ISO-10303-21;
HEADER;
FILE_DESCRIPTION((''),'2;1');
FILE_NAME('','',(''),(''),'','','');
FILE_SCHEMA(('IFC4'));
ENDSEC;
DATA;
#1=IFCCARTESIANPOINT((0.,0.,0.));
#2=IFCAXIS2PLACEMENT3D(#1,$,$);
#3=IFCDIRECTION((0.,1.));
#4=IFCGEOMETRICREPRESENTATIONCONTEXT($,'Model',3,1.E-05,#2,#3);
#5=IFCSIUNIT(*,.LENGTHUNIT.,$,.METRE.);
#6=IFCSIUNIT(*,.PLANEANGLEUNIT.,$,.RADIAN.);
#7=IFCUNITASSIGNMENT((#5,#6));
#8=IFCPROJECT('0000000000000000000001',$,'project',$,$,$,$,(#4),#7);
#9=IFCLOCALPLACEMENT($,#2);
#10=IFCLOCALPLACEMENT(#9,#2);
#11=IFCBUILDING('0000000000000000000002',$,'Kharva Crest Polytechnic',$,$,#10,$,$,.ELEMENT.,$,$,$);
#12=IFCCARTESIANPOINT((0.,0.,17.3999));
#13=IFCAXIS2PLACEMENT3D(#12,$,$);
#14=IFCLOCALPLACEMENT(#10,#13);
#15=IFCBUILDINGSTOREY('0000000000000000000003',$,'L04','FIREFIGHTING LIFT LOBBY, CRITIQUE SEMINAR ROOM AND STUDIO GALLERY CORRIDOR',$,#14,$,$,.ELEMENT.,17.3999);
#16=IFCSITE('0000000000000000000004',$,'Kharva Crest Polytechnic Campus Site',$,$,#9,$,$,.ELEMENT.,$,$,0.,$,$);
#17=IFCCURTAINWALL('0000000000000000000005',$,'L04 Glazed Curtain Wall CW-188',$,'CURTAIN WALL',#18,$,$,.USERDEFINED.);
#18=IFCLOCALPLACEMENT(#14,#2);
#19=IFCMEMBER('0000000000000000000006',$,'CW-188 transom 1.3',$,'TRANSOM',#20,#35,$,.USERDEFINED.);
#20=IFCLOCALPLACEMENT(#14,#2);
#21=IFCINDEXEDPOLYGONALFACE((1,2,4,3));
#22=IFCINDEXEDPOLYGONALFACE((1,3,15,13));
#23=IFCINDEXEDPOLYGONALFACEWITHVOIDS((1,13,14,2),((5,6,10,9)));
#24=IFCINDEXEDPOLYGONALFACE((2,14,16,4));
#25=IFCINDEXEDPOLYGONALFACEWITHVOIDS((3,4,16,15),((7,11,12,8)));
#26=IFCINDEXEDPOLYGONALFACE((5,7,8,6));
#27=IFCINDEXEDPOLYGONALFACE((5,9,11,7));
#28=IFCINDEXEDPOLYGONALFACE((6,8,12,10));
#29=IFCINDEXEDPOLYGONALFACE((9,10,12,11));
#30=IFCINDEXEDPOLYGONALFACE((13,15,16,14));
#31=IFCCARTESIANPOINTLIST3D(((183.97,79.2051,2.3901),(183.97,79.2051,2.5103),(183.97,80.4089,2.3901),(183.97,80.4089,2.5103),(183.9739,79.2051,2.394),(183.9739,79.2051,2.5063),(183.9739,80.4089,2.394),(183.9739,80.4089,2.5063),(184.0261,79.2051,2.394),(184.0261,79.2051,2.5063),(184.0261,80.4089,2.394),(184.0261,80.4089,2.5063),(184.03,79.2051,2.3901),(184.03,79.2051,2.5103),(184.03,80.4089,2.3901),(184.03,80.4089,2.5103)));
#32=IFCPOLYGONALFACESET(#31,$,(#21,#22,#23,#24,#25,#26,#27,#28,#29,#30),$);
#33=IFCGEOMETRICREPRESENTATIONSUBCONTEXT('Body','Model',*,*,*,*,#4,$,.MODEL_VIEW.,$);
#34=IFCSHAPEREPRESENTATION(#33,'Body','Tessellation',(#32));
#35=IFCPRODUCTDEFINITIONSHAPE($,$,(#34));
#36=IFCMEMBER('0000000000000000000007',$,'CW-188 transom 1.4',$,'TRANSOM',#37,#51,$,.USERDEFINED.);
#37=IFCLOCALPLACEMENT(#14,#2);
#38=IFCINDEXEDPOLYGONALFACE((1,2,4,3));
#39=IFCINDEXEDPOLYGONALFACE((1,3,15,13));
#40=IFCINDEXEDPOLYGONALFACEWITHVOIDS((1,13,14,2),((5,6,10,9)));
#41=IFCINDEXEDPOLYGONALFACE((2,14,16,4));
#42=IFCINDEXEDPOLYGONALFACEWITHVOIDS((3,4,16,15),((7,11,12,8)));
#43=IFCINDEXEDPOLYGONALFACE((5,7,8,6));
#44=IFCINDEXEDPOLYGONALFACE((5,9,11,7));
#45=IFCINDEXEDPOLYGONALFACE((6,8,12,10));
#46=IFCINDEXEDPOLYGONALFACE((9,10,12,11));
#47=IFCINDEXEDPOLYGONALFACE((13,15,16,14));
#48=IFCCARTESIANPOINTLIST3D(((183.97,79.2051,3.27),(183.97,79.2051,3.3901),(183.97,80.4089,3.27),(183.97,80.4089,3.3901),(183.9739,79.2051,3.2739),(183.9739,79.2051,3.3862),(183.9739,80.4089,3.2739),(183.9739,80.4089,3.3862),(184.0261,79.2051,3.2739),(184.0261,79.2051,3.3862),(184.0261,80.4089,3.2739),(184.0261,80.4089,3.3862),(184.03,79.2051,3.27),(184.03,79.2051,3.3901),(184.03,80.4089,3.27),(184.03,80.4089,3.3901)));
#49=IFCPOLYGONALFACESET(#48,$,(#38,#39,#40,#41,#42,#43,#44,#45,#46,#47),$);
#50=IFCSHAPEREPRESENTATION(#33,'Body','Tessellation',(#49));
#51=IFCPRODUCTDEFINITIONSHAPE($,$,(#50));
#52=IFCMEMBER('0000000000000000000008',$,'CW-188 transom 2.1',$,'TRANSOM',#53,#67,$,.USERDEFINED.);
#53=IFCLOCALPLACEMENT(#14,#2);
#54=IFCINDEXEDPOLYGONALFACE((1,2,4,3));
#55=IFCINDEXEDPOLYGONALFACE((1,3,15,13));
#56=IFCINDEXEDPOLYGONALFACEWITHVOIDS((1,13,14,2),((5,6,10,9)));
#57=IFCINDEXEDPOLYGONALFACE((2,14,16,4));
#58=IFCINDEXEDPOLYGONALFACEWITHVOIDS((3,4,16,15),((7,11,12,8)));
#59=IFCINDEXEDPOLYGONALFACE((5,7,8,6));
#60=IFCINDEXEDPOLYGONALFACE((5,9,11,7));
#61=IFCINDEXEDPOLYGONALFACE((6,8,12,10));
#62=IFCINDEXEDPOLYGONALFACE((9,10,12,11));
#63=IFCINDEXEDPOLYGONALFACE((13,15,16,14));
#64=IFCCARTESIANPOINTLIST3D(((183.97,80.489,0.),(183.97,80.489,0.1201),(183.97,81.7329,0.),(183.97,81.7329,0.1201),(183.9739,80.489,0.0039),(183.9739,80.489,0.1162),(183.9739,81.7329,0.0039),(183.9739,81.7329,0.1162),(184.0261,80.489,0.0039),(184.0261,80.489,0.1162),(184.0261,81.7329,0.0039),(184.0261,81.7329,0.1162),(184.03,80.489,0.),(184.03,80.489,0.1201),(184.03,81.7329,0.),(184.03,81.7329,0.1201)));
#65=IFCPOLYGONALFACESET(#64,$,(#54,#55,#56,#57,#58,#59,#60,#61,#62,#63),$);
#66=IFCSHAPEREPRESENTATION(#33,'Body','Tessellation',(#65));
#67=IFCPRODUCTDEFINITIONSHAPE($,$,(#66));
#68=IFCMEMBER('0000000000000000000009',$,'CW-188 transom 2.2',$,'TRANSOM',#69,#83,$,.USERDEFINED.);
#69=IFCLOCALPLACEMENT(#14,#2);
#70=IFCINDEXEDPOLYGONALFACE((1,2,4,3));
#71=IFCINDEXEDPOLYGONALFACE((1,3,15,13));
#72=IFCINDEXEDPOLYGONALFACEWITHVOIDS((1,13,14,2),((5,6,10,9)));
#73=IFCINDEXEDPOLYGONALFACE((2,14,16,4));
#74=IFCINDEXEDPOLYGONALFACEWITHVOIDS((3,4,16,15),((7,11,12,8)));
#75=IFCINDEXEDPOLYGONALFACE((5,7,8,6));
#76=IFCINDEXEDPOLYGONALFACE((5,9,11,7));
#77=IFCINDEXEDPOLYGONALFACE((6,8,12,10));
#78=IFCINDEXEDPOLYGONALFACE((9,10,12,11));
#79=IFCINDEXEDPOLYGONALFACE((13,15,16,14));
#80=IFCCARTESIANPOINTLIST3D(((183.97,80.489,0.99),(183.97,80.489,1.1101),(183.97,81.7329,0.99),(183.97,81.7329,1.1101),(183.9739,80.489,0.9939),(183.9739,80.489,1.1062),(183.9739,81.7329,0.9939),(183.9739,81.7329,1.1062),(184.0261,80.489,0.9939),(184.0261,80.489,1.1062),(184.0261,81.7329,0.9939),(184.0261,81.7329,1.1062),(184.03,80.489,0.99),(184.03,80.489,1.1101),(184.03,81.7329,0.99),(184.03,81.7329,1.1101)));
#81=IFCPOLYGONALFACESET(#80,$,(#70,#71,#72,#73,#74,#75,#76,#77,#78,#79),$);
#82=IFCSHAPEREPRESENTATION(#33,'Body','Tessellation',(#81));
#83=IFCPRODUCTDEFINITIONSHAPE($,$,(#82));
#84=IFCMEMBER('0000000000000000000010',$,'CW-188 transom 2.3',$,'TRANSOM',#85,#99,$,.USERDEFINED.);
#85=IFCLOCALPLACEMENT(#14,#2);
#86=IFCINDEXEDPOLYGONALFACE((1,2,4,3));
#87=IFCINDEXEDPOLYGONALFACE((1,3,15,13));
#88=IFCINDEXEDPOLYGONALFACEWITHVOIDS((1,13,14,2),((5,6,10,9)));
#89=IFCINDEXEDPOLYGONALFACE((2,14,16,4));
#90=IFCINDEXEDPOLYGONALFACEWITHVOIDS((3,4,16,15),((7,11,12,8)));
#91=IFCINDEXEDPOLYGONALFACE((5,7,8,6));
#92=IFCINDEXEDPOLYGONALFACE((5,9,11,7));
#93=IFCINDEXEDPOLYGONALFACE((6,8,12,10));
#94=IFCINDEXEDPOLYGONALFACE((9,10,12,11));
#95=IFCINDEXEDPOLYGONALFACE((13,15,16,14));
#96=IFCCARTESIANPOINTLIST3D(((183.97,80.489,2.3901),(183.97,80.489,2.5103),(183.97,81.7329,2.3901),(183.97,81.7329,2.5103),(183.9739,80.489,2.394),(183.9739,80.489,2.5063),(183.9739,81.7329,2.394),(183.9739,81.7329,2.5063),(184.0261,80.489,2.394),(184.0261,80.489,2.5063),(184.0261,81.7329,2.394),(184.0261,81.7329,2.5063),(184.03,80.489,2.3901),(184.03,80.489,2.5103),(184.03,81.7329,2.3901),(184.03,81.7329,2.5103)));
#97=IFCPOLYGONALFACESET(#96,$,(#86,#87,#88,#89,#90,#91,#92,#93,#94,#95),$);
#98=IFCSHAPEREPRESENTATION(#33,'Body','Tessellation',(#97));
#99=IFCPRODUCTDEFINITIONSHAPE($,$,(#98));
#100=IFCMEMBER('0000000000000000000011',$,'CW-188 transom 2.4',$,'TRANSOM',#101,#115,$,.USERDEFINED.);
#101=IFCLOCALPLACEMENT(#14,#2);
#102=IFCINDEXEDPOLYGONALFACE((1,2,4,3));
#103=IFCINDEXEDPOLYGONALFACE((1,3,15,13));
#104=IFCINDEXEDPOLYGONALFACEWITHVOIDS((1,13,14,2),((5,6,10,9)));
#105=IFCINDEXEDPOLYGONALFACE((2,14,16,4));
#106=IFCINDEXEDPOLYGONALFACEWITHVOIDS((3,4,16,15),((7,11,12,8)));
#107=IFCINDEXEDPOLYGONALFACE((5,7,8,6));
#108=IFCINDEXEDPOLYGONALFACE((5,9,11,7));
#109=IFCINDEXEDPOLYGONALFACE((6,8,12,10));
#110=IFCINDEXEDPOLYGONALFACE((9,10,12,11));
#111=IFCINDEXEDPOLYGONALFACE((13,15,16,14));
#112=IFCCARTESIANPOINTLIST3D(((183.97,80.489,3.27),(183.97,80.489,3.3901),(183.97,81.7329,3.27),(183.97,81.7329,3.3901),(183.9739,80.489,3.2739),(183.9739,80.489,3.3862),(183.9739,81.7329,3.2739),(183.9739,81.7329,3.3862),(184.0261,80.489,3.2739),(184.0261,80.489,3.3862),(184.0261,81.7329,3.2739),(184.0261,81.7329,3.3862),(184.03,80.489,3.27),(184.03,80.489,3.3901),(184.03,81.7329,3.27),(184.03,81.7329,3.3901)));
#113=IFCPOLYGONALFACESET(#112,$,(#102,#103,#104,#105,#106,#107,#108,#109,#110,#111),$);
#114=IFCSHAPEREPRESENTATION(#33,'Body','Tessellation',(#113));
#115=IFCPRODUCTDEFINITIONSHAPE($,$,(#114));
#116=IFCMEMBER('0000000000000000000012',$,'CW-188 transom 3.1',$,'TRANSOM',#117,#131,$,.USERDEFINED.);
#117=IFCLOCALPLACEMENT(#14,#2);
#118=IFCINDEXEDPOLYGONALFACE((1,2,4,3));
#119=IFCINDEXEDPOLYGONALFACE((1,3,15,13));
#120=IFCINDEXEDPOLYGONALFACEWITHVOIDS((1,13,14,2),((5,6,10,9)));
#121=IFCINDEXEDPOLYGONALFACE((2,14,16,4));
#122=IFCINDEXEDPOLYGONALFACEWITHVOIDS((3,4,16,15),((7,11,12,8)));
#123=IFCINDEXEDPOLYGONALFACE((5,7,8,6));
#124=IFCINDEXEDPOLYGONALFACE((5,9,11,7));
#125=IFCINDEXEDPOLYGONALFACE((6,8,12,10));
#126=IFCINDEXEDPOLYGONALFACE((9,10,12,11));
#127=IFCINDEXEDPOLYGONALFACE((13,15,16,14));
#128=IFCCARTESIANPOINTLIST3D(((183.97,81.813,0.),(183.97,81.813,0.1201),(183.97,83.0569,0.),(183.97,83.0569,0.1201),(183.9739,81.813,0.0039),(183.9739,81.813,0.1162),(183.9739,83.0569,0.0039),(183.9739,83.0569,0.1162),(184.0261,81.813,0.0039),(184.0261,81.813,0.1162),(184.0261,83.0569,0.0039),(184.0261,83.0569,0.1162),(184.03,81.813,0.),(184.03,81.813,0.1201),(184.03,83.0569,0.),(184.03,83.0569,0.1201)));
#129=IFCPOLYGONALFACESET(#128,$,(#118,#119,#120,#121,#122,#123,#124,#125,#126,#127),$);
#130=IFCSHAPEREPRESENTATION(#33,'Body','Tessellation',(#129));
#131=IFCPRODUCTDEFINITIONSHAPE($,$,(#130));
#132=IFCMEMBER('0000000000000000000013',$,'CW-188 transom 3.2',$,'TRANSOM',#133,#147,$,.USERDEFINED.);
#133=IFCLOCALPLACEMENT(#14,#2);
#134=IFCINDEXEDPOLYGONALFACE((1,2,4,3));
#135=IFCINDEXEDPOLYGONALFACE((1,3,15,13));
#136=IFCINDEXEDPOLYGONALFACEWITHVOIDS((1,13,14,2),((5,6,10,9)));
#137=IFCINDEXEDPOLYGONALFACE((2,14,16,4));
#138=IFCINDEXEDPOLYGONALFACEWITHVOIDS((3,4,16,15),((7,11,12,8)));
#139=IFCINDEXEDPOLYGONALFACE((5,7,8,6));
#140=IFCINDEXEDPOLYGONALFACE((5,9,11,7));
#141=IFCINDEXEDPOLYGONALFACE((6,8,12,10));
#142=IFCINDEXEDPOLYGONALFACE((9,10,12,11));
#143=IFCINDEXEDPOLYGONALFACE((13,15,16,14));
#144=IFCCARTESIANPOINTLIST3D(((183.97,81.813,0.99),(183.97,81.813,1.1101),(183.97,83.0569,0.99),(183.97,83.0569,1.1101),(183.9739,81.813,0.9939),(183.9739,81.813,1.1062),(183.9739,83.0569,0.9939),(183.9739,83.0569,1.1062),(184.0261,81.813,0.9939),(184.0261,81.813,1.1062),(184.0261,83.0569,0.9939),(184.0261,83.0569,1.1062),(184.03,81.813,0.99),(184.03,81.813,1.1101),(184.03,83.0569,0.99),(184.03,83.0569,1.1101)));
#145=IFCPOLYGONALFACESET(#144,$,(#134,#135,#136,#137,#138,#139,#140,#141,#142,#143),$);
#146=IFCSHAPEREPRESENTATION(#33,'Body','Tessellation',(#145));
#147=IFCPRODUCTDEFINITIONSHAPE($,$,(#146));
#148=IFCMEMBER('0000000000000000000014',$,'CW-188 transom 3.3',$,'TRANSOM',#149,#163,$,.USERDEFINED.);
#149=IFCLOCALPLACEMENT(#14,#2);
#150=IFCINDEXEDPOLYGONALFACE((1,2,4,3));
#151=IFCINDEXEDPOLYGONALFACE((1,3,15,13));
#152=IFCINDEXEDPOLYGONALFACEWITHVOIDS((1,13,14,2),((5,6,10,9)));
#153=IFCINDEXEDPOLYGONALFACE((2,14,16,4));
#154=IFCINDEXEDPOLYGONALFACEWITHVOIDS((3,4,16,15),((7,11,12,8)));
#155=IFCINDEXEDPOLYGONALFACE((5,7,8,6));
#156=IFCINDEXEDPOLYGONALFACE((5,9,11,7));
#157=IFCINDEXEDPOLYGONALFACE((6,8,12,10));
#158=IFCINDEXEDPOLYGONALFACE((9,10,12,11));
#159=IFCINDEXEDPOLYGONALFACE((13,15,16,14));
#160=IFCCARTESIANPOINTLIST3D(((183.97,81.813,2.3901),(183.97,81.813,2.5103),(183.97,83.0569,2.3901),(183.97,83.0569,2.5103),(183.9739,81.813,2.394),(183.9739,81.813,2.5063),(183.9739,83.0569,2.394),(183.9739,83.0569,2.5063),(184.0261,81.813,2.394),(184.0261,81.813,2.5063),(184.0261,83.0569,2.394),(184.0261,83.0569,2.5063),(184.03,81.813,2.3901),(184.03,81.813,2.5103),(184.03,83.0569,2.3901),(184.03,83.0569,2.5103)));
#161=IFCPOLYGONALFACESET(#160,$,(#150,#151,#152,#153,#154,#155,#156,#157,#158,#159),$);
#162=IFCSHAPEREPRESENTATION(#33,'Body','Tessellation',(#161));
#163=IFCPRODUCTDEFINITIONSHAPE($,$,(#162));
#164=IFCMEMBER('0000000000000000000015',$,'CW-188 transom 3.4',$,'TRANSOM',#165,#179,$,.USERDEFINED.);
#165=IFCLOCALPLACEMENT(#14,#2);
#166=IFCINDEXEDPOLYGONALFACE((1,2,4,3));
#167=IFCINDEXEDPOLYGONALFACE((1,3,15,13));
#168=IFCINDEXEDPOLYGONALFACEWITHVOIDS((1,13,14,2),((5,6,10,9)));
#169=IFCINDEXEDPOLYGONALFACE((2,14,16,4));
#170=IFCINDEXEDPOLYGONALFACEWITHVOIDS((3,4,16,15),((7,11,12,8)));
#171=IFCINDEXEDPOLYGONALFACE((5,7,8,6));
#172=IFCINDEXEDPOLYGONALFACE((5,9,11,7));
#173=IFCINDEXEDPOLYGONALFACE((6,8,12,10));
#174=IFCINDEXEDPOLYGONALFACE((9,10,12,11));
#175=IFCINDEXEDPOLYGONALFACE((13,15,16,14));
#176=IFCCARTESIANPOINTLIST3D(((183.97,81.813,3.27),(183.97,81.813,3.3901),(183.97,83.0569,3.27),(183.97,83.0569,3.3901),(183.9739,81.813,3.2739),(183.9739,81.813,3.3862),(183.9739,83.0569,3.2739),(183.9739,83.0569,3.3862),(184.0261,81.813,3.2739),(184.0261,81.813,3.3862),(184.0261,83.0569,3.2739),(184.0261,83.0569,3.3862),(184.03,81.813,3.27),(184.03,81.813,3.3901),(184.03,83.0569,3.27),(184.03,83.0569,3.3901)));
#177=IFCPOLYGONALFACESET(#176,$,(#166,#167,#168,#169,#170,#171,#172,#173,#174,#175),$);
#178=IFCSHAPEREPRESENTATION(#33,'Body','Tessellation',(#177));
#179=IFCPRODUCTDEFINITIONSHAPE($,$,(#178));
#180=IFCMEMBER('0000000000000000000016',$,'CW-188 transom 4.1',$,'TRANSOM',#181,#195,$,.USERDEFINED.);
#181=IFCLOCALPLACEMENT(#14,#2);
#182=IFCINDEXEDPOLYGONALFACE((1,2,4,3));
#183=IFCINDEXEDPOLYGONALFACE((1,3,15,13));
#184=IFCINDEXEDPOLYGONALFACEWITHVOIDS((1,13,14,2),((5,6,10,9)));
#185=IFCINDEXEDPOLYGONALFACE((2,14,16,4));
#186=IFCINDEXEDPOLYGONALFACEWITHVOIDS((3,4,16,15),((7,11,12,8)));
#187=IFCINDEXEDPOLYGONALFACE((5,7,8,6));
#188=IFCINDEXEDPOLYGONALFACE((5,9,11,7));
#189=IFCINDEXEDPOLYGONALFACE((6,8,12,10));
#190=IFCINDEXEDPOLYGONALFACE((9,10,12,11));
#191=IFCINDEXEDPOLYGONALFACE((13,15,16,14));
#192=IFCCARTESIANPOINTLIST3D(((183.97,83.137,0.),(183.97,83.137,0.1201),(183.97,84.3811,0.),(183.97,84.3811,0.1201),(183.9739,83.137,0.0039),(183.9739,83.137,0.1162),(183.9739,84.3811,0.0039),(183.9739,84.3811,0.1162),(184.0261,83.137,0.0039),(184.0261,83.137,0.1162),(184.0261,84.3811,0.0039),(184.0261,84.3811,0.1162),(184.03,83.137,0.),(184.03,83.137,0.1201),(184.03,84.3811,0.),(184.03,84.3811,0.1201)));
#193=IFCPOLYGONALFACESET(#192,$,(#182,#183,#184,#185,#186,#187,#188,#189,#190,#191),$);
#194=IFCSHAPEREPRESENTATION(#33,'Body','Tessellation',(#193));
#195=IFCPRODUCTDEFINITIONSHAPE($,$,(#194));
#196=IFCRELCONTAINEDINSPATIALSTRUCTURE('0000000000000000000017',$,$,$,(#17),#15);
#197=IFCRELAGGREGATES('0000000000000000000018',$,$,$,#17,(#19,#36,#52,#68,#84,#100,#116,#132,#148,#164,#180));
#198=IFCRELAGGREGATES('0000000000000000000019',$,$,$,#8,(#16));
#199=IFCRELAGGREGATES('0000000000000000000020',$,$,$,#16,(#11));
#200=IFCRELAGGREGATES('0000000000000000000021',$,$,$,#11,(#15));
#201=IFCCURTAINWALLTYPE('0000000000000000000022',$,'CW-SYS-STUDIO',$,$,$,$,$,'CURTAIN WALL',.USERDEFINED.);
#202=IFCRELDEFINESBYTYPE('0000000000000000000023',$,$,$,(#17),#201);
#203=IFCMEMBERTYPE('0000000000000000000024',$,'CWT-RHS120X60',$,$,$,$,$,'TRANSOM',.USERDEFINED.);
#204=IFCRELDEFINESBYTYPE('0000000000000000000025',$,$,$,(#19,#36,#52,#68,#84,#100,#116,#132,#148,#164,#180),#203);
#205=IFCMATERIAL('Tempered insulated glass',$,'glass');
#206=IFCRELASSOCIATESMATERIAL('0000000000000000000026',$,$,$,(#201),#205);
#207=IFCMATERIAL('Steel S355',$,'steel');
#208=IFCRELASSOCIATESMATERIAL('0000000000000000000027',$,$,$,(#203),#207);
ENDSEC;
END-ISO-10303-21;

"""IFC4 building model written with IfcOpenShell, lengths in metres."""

from ifc_helpers import new_model, si_unit, direction, frame, origin, origin_2d, place, context, subcontext, project, spatial, hollow_rectangle, extrude, material, material_profile, profile_set, type_object, element, aggregate, save


model = new_model("IFC4")

# Units and contexts
model_context = context("Model", 3, precision=1e-05, world=origin(), true_north=direction((0.0, 1.0)))
body_context = subcontext(model_context, "Body", "Model", "MODEL_VIEW")
ifc_project = project(units=[si_unit("LENGTHUNIT", "METRE"), si_unit("PLANEANGLEUNIT", "RADIAN")], contexts=[model_context])

# Site, building, storey
site_placement = place(None, origin())
site = spatial("IfcSite", under=ifc_project, at=site_placement, Name="Kharva Crest Polytechnic Campus Site", CompositionType="ELEMENT", RefElevation=0.0)
building_placement = place(site_placement, origin())
building = spatial("IfcBuilding", under=site, at=building_placement, Name="Kharva Crest Polytechnic", CompositionType="ELEMENT")
storey_placement = place(building_placement, frame((0.0, 0.0, 17.3999)))
storey = spatial("IfcBuildingStorey", under=building, at=storey_placement, Name="L04", Description="FIREFIGHTING LIFT LOBBY, CRITIQUE SEMINAR ROOM AND STUDIO GALLERY CORRIDOR", CompositionType="ELEMENT", Elevation=17.3999)

# Curtain wall, members
ifc_material_1 = material(Name="Tempered insulated glass", Category="glass")
curtain_wall_type = type_object("IfcCurtainWallType", Name="CW-SYS-STUDIO", ElementType="CURTAIN WALL", PredefinedType="USERDEFINED", material=ifc_material_1)
curtain_wall_placement = place(storey_placement, origin())
curtain_wall = element("IfcCurtainWall", 1, at=curtain_wall_placement, inside=storey, type_object=curtain_wall_type, Name="L04 Glazed Curtain Wall CW-188", ObjectType="CURTAIN WALL", PredefinedType="USERDEFINED")
ifc_material_2 = material(Name="Steel S355", Category="steel")
ifc_material_profile_1 = material_profile(ifc_material_2, hollow_rectangle(XDim=0.0601, YDim=0.1201, WallThickness=0.0039, at=origin_2d()), Name="RHS 120X60X4.0")
ifc_profile_set_1 = profile_set([ifc_material_profile_1], Name="Steel S355")
member_type_1 = type_object("IfcMemberType", Name="CWT-RHS120X60", ElementType="TRANSOM", PredefinedType="USERDEFINED", material=ifc_profile_set_1)
member_1_placement = place(storey_placement, frame((184.0, 79.2051, 2.4502), z_axis=(0.0, 1.0, 0.0), x_axis=(-1.0, 0.0, 0.0)))
member_1 = element("IfcMember", 2, at=member_1_placement, type_object=member_type_1, Name="CW-188 transom 1.3", ObjectType="TRANSOM", PredefinedType="USERDEFINED", context=body_context, shape_type="SweptSolid", body=[
    extrude(hollow_rectangle(XDim=0.0601, YDim=0.1201, WallThickness=0.0039, at=origin_2d()), origin(), (0.0, 0.0, 1.0), 1.2039),
])
member_2_placement = place(storey_placement, frame((184.0, 79.2051, 3.3301), z_axis=(0.0, 1.0, 0.0), x_axis=(-1.0, 0.0, 0.0)))
member_2 = element("IfcMember", 3, at=member_2_placement, type_object=member_type_1, Name="CW-188 transom 1.4", ObjectType="TRANSOM", PredefinedType="USERDEFINED", context=body_context, shape_type="SweptSolid", body=[
    extrude(hollow_rectangle(XDim=0.0601, YDim=0.1201, WallThickness=0.0039, at=origin_2d()), origin(), (0.0, 0.0, 1.0), 1.2039),
])
member_3_placement = place(storey_placement, frame((184.0, 80.489, 0.0601), z_axis=(0.0, 1.0, 0.0), x_axis=(-1.0, 0.0, 0.0)))
member_3 = element("IfcMember", 4, at=member_3_placement, type_object=member_type_1, Name="CW-188 transom 2.1", ObjectType="TRANSOM", PredefinedType="USERDEFINED", context=body_context, shape_type="SweptSolid", body=[
    extrude(hollow_rectangle(XDim=0.0601, YDim=0.1201, WallThickness=0.0039, at=origin_2d()), origin(), (0.0, 0.0, 1.0), 1.2439),
])
member_4_placement = place(storey_placement, frame((184.0, 80.489, 1.05), z_axis=(0.0, 1.0, 0.0), x_axis=(-1.0, 0.0, 0.0)))
member_4 = element("IfcMember", 5, at=member_4_placement, type_object=member_type_1, Name="CW-188 transom 2.2", ObjectType="TRANSOM", PredefinedType="USERDEFINED", context=body_context, shape_type="SweptSolid", body=[
    extrude(hollow_rectangle(XDim=0.0601, YDim=0.1201, WallThickness=0.0039, at=origin_2d()), origin(), (0.0, 0.0, 1.0), 1.2439),
])
member_5_placement = place(storey_placement, frame((184.0, 80.489, 2.4502), z_axis=(0.0, 1.0, 0.0), x_axis=(-1.0, 0.0, 0.0)))
member_5 = element("IfcMember", 6, at=member_5_placement, type_object=member_type_1, Name="CW-188 transom 2.3", ObjectType="TRANSOM", PredefinedType="USERDEFINED", context=body_context, shape_type="SweptSolid", body=[
    extrude(hollow_rectangle(XDim=0.0601, YDim=0.1201, WallThickness=0.0039, at=origin_2d()), origin(), (0.0, 0.0, 1.0), 1.2439),
])
member_6_placement = place(storey_placement, frame((184.0, 80.489, 3.3301), z_axis=(0.0, 1.0, 0.0), x_axis=(-1.0, 0.0, 0.0)))
member_6 = element("IfcMember", 7, at=member_6_placement, type_object=member_type_1, Name="CW-188 transom 2.4", ObjectType="TRANSOM", PredefinedType="USERDEFINED", context=body_context, shape_type="SweptSolid", body=[
    extrude(hollow_rectangle(XDim=0.0601, YDim=0.1201, WallThickness=0.0039, at=origin_2d()), origin(), (0.0, 0.0, 1.0), 1.2439),
])
member_7_placement = place(storey_placement, frame((184.0, 81.813, 0.0601), z_axis=(0.0, 1.0, 0.0), x_axis=(-1.0, 0.0, 0.0)))
member_7 = element("IfcMember", 8, at=member_7_placement, type_object=member_type_1, Name="CW-188 transom 3.1", ObjectType="TRANSOM", PredefinedType="USERDEFINED", context=body_context, shape_type="SweptSolid", body=[
    extrude(hollow_rectangle(XDim=0.0601, YDim=0.1201, WallThickness=0.0039, at=origin_2d()), origin(), (0.0, 0.0, 1.0), 1.2439),
])
member_8_placement = place(storey_placement, frame((184.0, 81.813, 1.05), z_axis=(0.0, 1.0, 0.0), x_axis=(-1.0, 0.0, 0.0)))
member_8 = element("IfcMember", 9, at=member_8_placement, type_object=member_type_1, Name="CW-188 transom 3.2", ObjectType="TRANSOM", PredefinedType="USERDEFINED", context=body_context, shape_type="SweptSolid", body=[
    extrude(hollow_rectangle(XDim=0.0601, YDim=0.1201, WallThickness=0.0039, at=origin_2d()), origin(), (0.0, 0.0, 1.0), 1.2439),
])
member_9_placement = place(storey_placement, frame((184.0, 81.813, 2.4502), z_axis=(0.0, 1.0, 0.0), x_axis=(-1.0, 0.0, 0.0)))
member_9 = element("IfcMember", 10, at=member_9_placement, type_object=member_type_1, Name="CW-188 transom 3.3", ObjectType="TRANSOM", PredefinedType="USERDEFINED", context=body_context, shape_type="SweptSolid", body=[
    extrude(hollow_rectangle(XDim=0.0601, YDim=0.1201, WallThickness=0.0039, at=origin_2d()), origin(), (0.0, 0.0, 1.0), 1.2439),
])
member_10_placement = place(storey_placement, frame((184.0, 81.813, 3.3301), z_axis=(0.0, 1.0, 0.0), x_axis=(-1.0, 0.0, 0.0)))
member_10 = element("IfcMember", 11, at=member_10_placement, type_object=member_type_1, Name="CW-188 transom 3.4", ObjectType="TRANSOM", PredefinedType="USERDEFINED", context=body_context, shape_type="SweptSolid", body=[
    extrude(hollow_rectangle(XDim=0.0601, YDim=0.1201, WallThickness=0.0039, at=origin_2d()), origin(), (0.0, 0.0, 1.0), 1.2439),
])
member_11_placement = place(storey_placement, frame((184.0, 83.137, 0.0601), z_axis=(0.0, 1.0, 0.0), x_axis=(-1.0, 0.0, 0.0)))
member_11 = element("IfcMember", 12, at=member_11_placement, type_object=member_type_1, Name="CW-188 transom 4.1", ObjectType="TRANSOM", PredefinedType="USERDEFINED", context=body_context, shape_type="SweptSolid", body=[
    extrude(hollow_rectangle(XDim=0.0601, YDim=0.1201, WallThickness=0.0039, at=origin_2d()), origin(), (0.0, 0.0, 1.0), 1.2441),
])

aggregate(curtain_wall, [member_1, member_2, member_3, member_4, member_5, member_6, member_7, member_8, member_9, member_10, member_11])

save(model, "model.ifc")
